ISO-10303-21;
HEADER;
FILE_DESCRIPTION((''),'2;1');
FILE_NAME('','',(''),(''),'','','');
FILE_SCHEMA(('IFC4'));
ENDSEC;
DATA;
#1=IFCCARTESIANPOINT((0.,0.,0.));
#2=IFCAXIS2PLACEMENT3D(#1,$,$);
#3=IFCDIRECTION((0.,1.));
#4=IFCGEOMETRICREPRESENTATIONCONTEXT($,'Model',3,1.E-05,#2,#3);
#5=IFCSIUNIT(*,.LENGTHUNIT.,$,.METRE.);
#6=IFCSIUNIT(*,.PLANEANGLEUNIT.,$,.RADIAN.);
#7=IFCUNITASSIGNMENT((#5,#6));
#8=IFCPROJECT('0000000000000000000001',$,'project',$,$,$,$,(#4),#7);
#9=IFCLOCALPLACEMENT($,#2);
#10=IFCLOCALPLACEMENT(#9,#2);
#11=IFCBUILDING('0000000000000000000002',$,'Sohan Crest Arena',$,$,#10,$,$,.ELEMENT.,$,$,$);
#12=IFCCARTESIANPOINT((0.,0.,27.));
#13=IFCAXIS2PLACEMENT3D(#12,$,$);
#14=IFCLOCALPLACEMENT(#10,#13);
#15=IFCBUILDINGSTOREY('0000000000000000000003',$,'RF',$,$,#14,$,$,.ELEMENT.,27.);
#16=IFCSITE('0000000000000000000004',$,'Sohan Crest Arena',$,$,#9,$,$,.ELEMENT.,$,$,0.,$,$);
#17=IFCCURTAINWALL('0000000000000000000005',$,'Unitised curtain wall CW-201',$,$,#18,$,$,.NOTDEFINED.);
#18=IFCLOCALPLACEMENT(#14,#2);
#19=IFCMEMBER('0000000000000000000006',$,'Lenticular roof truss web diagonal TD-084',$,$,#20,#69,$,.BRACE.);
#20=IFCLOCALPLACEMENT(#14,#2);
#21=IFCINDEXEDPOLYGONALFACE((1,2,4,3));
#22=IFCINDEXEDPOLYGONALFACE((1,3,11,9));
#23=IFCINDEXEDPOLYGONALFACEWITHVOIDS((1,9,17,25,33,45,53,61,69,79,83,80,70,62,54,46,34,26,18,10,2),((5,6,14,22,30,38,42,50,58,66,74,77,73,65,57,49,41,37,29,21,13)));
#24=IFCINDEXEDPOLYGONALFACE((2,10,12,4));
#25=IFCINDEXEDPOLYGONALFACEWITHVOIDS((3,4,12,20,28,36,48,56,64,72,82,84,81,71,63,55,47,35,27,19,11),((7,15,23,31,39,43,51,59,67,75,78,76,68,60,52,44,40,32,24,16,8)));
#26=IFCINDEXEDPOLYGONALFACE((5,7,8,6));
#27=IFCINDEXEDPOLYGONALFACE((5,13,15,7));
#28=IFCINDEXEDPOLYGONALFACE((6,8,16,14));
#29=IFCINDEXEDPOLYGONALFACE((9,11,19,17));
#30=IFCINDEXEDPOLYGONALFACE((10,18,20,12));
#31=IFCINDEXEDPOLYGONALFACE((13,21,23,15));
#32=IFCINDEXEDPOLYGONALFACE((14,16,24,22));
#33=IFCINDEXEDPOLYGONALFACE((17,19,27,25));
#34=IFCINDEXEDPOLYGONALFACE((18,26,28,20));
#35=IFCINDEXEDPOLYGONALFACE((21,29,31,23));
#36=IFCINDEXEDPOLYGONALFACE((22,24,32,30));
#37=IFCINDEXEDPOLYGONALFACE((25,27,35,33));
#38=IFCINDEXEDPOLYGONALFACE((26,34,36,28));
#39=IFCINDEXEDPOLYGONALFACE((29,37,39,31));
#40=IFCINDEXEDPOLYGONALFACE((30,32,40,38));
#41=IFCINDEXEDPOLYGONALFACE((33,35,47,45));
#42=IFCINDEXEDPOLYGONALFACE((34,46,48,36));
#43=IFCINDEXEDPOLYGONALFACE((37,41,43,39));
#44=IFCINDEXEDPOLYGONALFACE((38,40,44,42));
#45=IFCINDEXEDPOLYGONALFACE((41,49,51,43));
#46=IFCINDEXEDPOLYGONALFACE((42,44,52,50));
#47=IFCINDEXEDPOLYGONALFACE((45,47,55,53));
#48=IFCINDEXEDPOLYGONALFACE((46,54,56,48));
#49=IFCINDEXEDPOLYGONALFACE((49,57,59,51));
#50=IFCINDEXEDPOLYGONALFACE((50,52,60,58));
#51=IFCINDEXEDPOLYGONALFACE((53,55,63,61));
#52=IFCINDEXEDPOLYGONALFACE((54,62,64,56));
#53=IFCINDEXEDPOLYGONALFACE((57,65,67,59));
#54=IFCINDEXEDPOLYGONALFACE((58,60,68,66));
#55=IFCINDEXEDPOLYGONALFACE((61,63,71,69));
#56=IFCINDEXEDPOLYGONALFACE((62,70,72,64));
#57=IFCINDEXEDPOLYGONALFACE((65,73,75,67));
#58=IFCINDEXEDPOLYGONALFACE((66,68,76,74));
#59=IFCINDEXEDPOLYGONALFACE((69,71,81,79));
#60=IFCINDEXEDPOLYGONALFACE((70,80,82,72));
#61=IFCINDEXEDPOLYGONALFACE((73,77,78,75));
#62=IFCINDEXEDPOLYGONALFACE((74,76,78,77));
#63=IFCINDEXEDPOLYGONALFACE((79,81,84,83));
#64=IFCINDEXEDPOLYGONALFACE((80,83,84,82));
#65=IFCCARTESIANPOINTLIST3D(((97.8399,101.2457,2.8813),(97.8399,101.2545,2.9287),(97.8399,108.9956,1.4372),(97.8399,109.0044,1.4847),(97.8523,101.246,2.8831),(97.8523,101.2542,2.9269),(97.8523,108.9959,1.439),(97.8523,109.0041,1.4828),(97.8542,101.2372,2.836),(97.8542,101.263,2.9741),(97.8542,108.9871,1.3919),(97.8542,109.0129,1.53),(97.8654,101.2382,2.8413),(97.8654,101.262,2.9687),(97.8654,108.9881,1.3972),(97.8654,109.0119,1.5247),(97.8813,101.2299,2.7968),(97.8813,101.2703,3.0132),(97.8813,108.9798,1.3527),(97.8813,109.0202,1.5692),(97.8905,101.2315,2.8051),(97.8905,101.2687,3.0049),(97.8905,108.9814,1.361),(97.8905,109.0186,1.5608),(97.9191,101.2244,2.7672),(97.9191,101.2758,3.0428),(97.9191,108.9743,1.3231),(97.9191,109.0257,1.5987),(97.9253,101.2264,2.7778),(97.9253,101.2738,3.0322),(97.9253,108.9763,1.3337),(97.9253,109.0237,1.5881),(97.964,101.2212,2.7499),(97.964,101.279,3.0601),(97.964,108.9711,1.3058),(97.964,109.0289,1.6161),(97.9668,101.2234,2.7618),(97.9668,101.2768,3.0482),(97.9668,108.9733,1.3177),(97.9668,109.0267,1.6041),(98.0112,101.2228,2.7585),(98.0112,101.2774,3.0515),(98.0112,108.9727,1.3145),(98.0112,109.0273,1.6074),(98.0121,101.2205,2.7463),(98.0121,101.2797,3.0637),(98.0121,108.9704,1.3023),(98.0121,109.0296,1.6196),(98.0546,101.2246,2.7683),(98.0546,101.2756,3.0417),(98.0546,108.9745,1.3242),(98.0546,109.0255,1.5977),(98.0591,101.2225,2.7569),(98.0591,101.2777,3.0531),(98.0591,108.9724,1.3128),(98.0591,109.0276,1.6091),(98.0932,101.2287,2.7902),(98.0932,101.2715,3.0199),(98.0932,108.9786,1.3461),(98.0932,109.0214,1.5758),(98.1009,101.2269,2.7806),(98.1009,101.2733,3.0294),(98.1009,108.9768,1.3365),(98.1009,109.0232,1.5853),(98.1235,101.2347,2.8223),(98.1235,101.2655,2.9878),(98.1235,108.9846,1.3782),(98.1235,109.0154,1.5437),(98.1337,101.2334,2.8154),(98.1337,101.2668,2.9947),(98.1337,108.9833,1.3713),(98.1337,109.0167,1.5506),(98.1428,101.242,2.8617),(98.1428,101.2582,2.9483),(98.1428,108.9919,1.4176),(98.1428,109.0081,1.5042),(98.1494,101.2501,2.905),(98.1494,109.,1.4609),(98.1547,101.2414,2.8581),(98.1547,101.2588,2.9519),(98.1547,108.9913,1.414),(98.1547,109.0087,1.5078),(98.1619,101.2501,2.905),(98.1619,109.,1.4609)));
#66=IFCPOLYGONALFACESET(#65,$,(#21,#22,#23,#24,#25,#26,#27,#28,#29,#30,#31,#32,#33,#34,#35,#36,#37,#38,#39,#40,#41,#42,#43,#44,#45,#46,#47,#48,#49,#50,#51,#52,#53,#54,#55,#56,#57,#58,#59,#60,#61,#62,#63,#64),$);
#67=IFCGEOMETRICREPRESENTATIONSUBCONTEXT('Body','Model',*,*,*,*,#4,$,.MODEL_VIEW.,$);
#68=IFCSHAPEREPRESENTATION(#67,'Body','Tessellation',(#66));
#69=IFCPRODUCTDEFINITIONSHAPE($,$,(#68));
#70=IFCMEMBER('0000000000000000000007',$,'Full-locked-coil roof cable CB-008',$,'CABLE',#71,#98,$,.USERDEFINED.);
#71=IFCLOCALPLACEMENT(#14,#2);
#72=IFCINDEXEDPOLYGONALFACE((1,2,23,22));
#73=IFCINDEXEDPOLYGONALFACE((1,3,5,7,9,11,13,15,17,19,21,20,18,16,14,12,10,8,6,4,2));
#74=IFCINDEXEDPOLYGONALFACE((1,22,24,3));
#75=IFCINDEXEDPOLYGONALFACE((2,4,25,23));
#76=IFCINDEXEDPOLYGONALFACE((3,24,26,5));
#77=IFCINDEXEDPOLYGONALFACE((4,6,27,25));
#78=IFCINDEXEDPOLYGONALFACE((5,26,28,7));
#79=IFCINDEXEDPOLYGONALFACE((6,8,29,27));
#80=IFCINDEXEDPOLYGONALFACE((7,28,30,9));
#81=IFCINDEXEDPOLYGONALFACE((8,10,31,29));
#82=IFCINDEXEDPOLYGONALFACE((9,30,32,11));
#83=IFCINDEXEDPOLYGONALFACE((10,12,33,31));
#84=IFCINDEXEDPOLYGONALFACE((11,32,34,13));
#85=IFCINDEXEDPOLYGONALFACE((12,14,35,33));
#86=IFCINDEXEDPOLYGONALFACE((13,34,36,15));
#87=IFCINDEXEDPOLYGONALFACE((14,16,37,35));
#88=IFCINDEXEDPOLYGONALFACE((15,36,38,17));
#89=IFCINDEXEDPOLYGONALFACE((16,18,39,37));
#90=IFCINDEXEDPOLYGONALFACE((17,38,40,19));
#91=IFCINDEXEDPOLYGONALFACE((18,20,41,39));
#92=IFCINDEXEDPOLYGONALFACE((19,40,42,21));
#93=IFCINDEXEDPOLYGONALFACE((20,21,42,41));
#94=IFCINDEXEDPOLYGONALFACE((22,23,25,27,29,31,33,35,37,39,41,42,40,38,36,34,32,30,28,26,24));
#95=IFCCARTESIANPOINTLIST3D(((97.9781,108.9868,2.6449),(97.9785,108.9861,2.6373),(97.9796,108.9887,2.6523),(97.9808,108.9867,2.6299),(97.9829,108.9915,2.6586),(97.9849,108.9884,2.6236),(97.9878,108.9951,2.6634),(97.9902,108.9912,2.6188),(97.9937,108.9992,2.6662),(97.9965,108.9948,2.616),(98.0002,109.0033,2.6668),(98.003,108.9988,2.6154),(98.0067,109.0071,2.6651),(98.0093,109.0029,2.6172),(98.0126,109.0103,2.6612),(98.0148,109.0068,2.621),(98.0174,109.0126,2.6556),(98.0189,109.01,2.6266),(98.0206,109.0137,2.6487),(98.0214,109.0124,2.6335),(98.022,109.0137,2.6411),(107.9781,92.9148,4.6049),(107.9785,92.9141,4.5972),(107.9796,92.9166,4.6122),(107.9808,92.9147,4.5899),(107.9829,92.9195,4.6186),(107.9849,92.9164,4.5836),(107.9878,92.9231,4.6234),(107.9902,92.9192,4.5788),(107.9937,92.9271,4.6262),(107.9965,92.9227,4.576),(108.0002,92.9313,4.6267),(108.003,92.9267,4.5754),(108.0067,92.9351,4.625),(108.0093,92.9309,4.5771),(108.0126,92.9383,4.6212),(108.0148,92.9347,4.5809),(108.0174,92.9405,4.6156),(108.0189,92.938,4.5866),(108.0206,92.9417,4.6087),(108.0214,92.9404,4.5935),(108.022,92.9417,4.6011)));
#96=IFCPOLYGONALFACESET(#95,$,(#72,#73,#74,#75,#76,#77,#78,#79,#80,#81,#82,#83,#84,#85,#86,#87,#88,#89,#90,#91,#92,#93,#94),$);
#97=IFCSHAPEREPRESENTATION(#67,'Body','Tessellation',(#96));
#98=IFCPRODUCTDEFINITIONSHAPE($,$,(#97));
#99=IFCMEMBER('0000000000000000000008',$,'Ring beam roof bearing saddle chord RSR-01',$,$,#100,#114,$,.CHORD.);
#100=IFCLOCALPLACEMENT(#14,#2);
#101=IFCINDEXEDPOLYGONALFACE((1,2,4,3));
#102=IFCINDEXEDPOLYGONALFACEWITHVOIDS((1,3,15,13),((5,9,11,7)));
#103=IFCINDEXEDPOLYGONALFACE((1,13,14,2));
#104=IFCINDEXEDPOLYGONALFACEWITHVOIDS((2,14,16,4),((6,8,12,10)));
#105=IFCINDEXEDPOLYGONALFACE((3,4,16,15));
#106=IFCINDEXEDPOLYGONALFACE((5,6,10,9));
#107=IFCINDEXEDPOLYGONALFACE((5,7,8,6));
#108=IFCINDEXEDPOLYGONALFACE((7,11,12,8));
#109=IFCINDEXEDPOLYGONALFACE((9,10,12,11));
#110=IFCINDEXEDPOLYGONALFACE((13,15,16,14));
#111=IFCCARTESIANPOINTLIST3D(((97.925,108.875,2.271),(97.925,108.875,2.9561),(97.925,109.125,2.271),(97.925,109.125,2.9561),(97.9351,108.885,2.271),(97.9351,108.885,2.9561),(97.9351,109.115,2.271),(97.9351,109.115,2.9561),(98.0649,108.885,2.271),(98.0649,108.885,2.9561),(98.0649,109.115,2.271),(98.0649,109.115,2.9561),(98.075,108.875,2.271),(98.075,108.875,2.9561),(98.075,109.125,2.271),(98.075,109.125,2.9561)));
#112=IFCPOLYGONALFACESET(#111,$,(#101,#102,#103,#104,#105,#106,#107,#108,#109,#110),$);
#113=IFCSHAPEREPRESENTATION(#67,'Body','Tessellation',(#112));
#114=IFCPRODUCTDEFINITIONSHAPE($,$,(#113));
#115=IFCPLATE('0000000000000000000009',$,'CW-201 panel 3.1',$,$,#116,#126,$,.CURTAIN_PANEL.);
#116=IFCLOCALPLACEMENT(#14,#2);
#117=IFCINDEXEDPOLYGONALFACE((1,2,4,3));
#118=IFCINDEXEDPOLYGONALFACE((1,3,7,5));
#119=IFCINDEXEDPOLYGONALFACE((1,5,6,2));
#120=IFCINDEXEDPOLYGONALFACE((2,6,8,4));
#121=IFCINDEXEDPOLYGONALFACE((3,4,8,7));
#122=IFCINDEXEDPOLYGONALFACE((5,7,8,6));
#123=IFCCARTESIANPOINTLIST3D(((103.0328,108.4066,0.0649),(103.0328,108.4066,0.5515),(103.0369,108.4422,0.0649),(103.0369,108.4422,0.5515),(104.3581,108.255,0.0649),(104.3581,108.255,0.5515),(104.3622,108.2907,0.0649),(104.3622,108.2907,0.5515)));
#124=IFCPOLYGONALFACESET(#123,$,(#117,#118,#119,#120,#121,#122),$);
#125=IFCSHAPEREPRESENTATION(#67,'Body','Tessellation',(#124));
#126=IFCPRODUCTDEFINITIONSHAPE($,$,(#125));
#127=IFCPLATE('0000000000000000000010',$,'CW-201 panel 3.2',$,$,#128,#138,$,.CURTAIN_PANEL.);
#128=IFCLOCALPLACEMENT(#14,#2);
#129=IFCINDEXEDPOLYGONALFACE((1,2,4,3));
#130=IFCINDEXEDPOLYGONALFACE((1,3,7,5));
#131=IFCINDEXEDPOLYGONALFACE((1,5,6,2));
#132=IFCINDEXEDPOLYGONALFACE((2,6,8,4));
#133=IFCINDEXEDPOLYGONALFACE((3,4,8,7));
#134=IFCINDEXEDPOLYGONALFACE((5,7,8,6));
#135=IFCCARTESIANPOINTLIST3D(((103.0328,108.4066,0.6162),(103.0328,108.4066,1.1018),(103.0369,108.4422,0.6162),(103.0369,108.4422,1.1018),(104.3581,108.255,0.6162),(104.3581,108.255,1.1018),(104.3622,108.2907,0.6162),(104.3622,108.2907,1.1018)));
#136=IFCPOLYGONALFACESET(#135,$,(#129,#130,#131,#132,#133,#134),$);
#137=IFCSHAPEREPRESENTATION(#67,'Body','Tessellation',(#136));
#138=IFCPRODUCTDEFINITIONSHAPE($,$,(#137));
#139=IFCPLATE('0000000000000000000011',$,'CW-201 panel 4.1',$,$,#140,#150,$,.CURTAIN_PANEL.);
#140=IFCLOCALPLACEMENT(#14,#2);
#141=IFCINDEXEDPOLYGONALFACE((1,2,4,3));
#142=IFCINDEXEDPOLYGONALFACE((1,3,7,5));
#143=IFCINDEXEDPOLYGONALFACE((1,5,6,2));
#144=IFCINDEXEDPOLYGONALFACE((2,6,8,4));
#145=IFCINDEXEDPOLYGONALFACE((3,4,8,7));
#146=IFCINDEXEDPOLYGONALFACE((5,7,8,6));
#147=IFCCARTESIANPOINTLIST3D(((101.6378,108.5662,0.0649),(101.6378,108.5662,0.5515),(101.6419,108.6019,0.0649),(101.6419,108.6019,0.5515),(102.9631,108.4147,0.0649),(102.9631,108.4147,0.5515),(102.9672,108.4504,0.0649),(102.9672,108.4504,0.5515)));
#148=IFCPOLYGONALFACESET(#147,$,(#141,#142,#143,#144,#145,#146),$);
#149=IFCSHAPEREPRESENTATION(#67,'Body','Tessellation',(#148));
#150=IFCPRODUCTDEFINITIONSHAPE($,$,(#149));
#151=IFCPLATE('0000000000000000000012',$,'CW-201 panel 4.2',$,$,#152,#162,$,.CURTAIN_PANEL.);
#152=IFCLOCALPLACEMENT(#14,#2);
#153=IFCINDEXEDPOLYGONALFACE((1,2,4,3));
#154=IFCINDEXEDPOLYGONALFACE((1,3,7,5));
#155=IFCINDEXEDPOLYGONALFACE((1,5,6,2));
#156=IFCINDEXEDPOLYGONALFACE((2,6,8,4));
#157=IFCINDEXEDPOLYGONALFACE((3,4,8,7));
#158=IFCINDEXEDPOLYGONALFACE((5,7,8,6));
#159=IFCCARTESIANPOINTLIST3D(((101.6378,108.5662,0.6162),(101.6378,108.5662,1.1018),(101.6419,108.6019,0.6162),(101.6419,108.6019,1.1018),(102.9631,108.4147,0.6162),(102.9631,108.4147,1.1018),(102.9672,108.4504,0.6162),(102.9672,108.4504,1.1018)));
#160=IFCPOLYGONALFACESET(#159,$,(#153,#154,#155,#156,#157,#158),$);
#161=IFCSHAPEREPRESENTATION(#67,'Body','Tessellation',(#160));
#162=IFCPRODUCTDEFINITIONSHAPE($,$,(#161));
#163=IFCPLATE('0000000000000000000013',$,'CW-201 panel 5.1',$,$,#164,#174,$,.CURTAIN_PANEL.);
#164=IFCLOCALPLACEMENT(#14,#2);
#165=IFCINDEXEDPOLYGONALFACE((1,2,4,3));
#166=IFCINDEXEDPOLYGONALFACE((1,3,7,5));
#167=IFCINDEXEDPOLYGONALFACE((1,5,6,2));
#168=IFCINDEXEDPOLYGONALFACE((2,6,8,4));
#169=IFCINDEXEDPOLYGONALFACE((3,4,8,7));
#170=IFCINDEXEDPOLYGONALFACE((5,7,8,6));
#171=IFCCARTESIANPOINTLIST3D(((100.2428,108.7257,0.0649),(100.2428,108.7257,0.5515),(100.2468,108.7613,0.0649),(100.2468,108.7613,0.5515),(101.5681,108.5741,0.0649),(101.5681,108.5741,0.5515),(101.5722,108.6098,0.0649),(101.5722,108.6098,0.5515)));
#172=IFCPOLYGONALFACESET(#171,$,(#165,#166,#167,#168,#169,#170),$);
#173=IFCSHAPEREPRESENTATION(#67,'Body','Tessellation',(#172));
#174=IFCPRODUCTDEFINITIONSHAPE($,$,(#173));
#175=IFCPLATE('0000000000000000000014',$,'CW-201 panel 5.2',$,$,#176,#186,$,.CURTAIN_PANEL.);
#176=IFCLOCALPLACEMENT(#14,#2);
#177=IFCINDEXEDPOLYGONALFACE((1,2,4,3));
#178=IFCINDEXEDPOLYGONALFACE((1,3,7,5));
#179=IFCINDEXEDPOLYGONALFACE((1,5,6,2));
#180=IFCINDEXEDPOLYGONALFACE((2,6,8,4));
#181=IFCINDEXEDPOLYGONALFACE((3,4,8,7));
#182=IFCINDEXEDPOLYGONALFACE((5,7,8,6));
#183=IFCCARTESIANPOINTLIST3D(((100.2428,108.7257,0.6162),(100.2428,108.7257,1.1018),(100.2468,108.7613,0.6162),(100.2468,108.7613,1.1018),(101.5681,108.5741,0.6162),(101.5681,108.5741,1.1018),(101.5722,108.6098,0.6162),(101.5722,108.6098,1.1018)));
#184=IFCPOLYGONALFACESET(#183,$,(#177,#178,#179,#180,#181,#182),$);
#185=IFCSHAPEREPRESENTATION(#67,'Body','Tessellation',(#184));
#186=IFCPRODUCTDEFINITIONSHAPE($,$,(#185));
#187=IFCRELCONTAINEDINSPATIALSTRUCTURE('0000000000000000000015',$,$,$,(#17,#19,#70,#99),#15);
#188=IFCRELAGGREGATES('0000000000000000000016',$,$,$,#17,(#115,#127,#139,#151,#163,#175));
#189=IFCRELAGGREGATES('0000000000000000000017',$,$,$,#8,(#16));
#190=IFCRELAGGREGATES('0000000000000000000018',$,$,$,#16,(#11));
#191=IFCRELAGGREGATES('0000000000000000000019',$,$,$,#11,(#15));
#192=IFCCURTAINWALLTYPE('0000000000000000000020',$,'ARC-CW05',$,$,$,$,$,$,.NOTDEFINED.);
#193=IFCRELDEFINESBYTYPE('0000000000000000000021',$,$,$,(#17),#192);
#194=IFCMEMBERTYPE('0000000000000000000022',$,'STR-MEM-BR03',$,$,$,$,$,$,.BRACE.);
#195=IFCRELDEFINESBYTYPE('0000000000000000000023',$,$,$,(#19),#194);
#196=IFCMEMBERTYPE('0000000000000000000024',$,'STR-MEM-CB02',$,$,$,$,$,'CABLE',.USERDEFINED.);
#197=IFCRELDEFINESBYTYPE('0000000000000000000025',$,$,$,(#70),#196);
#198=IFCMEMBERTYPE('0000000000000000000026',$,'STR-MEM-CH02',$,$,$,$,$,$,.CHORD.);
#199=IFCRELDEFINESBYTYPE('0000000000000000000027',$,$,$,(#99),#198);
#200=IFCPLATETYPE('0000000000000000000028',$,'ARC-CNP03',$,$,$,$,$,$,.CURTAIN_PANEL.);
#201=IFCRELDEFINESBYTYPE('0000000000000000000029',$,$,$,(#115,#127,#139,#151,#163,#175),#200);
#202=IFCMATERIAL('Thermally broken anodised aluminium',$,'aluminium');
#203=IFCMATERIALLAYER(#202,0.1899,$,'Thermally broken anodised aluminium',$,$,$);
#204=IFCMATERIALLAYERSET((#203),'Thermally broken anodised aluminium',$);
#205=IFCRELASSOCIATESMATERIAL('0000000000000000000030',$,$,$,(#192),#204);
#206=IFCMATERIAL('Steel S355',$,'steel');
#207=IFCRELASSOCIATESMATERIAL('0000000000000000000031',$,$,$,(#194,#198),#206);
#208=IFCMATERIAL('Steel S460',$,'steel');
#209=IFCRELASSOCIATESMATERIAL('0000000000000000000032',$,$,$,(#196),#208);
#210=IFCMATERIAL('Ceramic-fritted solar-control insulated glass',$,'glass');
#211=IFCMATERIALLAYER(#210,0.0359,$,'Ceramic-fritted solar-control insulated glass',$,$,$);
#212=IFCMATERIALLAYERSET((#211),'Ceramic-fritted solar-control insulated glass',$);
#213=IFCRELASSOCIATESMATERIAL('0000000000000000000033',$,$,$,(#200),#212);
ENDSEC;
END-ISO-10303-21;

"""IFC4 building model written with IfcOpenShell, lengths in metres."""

from ifc_helpers import new_model, si_unit, direction, frame, origin, origin_2d, place, context, subcontext, project, spatial, rectangle, hollow_rectangle, circle, hollow_circle, extrude, material, layer, layer_set, material_profile, profile_set, type_object, element, aggregate, save


model = new_model("IFC4")

# Units and contexts
model_context = context("Model", 3, precision=1e-05, world=origin(), true_north=direction((0.0, 1.0)))
body_context = subcontext(model_context, "Body", "Model", "MODEL_VIEW")
ifc_project = project(units=[si_unit("LENGTHUNIT", "METRE"), si_unit("PLANEANGLEUNIT", "RADIAN")], contexts=[model_context])

# Site, building, storey
site_placement = place(None, origin())
site = spatial("IfcSite", under=ifc_project, at=site_placement, Name="Sohan Crest Arena", CompositionType="ELEMENT", RefElevation=0.0)
building_placement = place(site_placement, origin())
building = spatial("IfcBuilding", under=site, at=building_placement, Name="Sohan Crest Arena", CompositionType="ELEMENT")
storey_placement = place(building_placement, frame((0.0, 0.0, 27.0)))
storey = spatial("IfcBuildingStorey", under=building, at=storey_placement, Name="RF", CompositionType="ELEMENT", Elevation=27.0)

# Curtain wall
ifc_material_1 = material(Name="Thermally broken anodised aluminium", Category="aluminium")
ifc_layer_1 = layer(ifc_material_1, 0.1899, Name="Thermally broken anodised aluminium")
ifc_layer_set_1 = layer_set([ifc_layer_1], Name="Thermally broken anodised aluminium")
curtain_wall_type = type_object("IfcCurtainWallType", Name="ARC-CW05", PredefinedType="NOTDEFINED", material=ifc_layer_set_1)
curtain_wall_placement = place(storey_placement, origin())
curtain_wall = element("IfcCurtainWall", 1, at=curtain_wall_placement, inside=storey, type_object=curtain_wall_type, Name="Unitised curtain wall CW-201", PredefinedType="NOTDEFINED")

# Members
ifc_material_2 = material(Name="Steel S355", Category="steel")
ifc_material_profile_1 = material_profile(ifc_material_2, hollow_circle(Radius=0.1619, WallThickness=0.0125, at=origin_2d()), Name="CHS 323.9x12.5")
ifc_profile_set_1 = profile_set([ifc_material_profile_1], Name="Steel S355")
member_type_1 = type_object("IfcMemberType", Name="STR-MEM-BR03", PredefinedType="BRACE", material=ifc_profile_set_1)
member_1_placement = place(storey_placement, frame((98.0, 109.0, 1.4609), z_axis=(0.0, -0.983079, 0.183181), x_axis=(1.0, 0.0, 0.0)))
element("IfcMember", 2, at=member_1_placement, inside=storey, type_object=member_type_1, Name="Lenticular roof truss web diagonal TD-084", PredefinedType="BRACE", context=body_context, shape_type="SweptSolid", body=[
    extrude(hollow_circle(Radius=0.1619, WallThickness=0.0125, at=origin_2d()), origin(), (0.0, 0.0, 1.0), 7.8833),
])
ifc_material_3 = material(Name="Steel S460", Category="steel")
ifc_material_profile_2 = material_profile(ifc_material_3, circle(Radius=0.0259, at=origin_2d()), Name="FLC D52")
ifc_profile_set_2 = profile_set([ifc_material_profile_2], Name="Steel S460")
member_type_2 = type_object("IfcMemberType", Name="STR-MEM-CB02", ElementType="CABLE", PredefinedType="USERDEFINED", material=ifc_profile_set_2)
member_2_placement = place(storey_placement, frame((98.0, 109.0, 2.6411), z_axis=(0.525479, -0.84455, 0.102992), x_axis=(0.849065, 0.528288, 0.0)))
element("IfcMember", 3, at=member_2_placement, inside=storey, type_object=member_type_2, Name="Full-locked-coil roof cable CB-008", ObjectType="CABLE", PredefinedType="USERDEFINED", context=body_context, shape_type="SweptSolid", body=[
    extrude(circle(Radius=0.0259, at=origin_2d()), origin(), (0.0, 0.0, 1.0), 19.0303),
])
ifc_material_profile_3 = material_profile(ifc_material_2, hollow_rectangle(XDim=0.1499, YDim=0.25, WallThickness=0.01, at=origin_2d()), Name="RHS 250x150x10")
ifc_profile_set_3 = profile_set([ifc_material_profile_3], Name="Steel S355")
member_type_3 = type_object("IfcMemberType", Name="STR-MEM-CH02", PredefinedType="CHORD", material=ifc_profile_set_3)
member_3_placement = place(storey_placement, frame((98.0, 109.0, 2.271), z_axis=(0.0, 0.0, 1.0), x_axis=(1.0, 0.0, 0.0)))
element("IfcMember", 4, at=member_3_placement, inside=storey, type_object=member_type_3, Name="Ring beam roof bearing saddle chord RSR-01", PredefinedType="CHORD", context=body_context, shape_type="SweptSolid", body=[
    extrude(hollow_rectangle(XDim=0.1499, YDim=0.25, WallThickness=0.01, at=origin_2d()), origin(), (0.0, 0.0, 1.0), 0.6851),
])

# Plates
ifc_material_4 = material(Name="Ceramic-fritted solar-control insulated glass", Category="glass")
ifc_layer_2 = layer(ifc_material_4, 0.0359, Name="Ceramic-fritted solar-control insulated glass")
ifc_layer_set_2 = layer_set([ifc_layer_2], Name="Ceramic-fritted solar-control insulated glass")
plate_type_1 = type_object("IfcPlateType", Name="ARC-CNP03", PredefinedType="CURTAIN_PANEL", material=ifc_layer_set_2)
plate_1_placement = place(storey_placement, frame((103.6975, 108.3486, 0.0649), z_axis=(0.0, 0.0, 1.0), x_axis=(-0.993527, 0.113597, 0.0)))
plate_1 = element("IfcPlate", 5, at=plate_1_placement, type_object=plate_type_1, Name="CW-201 panel 3.1", PredefinedType="CURTAIN_PANEL", context=body_context, shape_type="SweptSolid", body=[
    extrude(rectangle(XDim=1.334, YDim=0.0359, at=origin_2d()), origin(), (0.0, 0.0, 1.0), 0.4866),
])
plate_2_placement = place(storey_placement, frame((103.6975, 108.3486, 0.6162), z_axis=(0.0, 0.0, 1.0), x_axis=(-0.993527, 0.113597, 0.0)))
plate_2 = element("IfcPlate", 6, at=plate_2_placement, type_object=plate_type_1, Name="CW-201 panel 3.2", PredefinedType="CURTAIN_PANEL", context=body_context, shape_type="SweptSolid", body=[
    extrude(rectangle(XDim=1.334, YDim=0.0359, at=origin_2d()), origin(), (0.0, 0.0, 1.0), 0.4856),
])
plate_3_placement = place(storey_placement, frame((102.3025, 108.5083, 0.0649), z_axis=(0.0, 0.0, 1.0), x_axis=(-0.993527, 0.113597, 0.0)))
plate_3 = element("IfcPlate", 7, at=plate_3_placement, type_object=plate_type_1, Name="CW-201 panel 4.1", PredefinedType="CURTAIN_PANEL", context=body_context, shape_type="SweptSolid", body=[
    extrude(rectangle(XDim=1.334, YDim=0.0359, at=origin_2d()), origin(), (0.0, 0.0, 1.0), 0.4866),
])
plate_4_placement = place(storey_placement, frame((102.3025, 108.5083, 0.6162), z_axis=(0.0, 0.0, 1.0), x_axis=(-0.993527, 0.113597, 0.0)))
plate_4 = element("IfcPlate", 8, at=plate_4_placement, type_object=plate_type_1, Name="CW-201 panel 4.2", PredefinedType="CURTAIN_PANEL", context=body_context, shape_type="SweptSolid", body=[
    extrude(rectangle(XDim=1.334, YDim=0.0359, at=origin_2d()), origin(), (0.0, 0.0, 1.0), 0.4856),
])
plate_5_placement = place(storey_placement, frame((100.9075, 108.6677, 0.0649), z_axis=(0.0, 0.0, 1.0), x_axis=(-0.993527, 0.113597, 0.0)))
plate_5 = element("IfcPlate", 9, at=plate_5_placement, type_object=plate_type_1, Name="CW-201 panel 5.1", PredefinedType="CURTAIN_PANEL", context=body_context, shape_type="SweptSolid", body=[
    extrude(rectangle(XDim=1.334, YDim=0.0359, at=origin_2d()), origin(), (0.0, 0.0, 1.0), 0.4866),
])
plate_6_placement = place(storey_placement, frame((100.9075, 108.6677, 0.6162), z_axis=(0.0, 0.0, 1.0), x_axis=(-0.993527, 0.113597, 0.0)))
plate_6 = element("IfcPlate", 10, at=plate_6_placement, type_object=plate_type_1, Name="CW-201 panel 5.2", PredefinedType="CURTAIN_PANEL", context=body_context, shape_type="SweptSolid", body=[
    extrude(rectangle(XDim=1.334, YDim=0.0359, at=origin_2d()), origin(), (0.0, 0.0, 1.0), 0.4856),
])
aggregate(curtain_wall, [plate_1, plate_2, plate_3, plate_4, plate_5, plate_6])

save(model, "model.ifc")
